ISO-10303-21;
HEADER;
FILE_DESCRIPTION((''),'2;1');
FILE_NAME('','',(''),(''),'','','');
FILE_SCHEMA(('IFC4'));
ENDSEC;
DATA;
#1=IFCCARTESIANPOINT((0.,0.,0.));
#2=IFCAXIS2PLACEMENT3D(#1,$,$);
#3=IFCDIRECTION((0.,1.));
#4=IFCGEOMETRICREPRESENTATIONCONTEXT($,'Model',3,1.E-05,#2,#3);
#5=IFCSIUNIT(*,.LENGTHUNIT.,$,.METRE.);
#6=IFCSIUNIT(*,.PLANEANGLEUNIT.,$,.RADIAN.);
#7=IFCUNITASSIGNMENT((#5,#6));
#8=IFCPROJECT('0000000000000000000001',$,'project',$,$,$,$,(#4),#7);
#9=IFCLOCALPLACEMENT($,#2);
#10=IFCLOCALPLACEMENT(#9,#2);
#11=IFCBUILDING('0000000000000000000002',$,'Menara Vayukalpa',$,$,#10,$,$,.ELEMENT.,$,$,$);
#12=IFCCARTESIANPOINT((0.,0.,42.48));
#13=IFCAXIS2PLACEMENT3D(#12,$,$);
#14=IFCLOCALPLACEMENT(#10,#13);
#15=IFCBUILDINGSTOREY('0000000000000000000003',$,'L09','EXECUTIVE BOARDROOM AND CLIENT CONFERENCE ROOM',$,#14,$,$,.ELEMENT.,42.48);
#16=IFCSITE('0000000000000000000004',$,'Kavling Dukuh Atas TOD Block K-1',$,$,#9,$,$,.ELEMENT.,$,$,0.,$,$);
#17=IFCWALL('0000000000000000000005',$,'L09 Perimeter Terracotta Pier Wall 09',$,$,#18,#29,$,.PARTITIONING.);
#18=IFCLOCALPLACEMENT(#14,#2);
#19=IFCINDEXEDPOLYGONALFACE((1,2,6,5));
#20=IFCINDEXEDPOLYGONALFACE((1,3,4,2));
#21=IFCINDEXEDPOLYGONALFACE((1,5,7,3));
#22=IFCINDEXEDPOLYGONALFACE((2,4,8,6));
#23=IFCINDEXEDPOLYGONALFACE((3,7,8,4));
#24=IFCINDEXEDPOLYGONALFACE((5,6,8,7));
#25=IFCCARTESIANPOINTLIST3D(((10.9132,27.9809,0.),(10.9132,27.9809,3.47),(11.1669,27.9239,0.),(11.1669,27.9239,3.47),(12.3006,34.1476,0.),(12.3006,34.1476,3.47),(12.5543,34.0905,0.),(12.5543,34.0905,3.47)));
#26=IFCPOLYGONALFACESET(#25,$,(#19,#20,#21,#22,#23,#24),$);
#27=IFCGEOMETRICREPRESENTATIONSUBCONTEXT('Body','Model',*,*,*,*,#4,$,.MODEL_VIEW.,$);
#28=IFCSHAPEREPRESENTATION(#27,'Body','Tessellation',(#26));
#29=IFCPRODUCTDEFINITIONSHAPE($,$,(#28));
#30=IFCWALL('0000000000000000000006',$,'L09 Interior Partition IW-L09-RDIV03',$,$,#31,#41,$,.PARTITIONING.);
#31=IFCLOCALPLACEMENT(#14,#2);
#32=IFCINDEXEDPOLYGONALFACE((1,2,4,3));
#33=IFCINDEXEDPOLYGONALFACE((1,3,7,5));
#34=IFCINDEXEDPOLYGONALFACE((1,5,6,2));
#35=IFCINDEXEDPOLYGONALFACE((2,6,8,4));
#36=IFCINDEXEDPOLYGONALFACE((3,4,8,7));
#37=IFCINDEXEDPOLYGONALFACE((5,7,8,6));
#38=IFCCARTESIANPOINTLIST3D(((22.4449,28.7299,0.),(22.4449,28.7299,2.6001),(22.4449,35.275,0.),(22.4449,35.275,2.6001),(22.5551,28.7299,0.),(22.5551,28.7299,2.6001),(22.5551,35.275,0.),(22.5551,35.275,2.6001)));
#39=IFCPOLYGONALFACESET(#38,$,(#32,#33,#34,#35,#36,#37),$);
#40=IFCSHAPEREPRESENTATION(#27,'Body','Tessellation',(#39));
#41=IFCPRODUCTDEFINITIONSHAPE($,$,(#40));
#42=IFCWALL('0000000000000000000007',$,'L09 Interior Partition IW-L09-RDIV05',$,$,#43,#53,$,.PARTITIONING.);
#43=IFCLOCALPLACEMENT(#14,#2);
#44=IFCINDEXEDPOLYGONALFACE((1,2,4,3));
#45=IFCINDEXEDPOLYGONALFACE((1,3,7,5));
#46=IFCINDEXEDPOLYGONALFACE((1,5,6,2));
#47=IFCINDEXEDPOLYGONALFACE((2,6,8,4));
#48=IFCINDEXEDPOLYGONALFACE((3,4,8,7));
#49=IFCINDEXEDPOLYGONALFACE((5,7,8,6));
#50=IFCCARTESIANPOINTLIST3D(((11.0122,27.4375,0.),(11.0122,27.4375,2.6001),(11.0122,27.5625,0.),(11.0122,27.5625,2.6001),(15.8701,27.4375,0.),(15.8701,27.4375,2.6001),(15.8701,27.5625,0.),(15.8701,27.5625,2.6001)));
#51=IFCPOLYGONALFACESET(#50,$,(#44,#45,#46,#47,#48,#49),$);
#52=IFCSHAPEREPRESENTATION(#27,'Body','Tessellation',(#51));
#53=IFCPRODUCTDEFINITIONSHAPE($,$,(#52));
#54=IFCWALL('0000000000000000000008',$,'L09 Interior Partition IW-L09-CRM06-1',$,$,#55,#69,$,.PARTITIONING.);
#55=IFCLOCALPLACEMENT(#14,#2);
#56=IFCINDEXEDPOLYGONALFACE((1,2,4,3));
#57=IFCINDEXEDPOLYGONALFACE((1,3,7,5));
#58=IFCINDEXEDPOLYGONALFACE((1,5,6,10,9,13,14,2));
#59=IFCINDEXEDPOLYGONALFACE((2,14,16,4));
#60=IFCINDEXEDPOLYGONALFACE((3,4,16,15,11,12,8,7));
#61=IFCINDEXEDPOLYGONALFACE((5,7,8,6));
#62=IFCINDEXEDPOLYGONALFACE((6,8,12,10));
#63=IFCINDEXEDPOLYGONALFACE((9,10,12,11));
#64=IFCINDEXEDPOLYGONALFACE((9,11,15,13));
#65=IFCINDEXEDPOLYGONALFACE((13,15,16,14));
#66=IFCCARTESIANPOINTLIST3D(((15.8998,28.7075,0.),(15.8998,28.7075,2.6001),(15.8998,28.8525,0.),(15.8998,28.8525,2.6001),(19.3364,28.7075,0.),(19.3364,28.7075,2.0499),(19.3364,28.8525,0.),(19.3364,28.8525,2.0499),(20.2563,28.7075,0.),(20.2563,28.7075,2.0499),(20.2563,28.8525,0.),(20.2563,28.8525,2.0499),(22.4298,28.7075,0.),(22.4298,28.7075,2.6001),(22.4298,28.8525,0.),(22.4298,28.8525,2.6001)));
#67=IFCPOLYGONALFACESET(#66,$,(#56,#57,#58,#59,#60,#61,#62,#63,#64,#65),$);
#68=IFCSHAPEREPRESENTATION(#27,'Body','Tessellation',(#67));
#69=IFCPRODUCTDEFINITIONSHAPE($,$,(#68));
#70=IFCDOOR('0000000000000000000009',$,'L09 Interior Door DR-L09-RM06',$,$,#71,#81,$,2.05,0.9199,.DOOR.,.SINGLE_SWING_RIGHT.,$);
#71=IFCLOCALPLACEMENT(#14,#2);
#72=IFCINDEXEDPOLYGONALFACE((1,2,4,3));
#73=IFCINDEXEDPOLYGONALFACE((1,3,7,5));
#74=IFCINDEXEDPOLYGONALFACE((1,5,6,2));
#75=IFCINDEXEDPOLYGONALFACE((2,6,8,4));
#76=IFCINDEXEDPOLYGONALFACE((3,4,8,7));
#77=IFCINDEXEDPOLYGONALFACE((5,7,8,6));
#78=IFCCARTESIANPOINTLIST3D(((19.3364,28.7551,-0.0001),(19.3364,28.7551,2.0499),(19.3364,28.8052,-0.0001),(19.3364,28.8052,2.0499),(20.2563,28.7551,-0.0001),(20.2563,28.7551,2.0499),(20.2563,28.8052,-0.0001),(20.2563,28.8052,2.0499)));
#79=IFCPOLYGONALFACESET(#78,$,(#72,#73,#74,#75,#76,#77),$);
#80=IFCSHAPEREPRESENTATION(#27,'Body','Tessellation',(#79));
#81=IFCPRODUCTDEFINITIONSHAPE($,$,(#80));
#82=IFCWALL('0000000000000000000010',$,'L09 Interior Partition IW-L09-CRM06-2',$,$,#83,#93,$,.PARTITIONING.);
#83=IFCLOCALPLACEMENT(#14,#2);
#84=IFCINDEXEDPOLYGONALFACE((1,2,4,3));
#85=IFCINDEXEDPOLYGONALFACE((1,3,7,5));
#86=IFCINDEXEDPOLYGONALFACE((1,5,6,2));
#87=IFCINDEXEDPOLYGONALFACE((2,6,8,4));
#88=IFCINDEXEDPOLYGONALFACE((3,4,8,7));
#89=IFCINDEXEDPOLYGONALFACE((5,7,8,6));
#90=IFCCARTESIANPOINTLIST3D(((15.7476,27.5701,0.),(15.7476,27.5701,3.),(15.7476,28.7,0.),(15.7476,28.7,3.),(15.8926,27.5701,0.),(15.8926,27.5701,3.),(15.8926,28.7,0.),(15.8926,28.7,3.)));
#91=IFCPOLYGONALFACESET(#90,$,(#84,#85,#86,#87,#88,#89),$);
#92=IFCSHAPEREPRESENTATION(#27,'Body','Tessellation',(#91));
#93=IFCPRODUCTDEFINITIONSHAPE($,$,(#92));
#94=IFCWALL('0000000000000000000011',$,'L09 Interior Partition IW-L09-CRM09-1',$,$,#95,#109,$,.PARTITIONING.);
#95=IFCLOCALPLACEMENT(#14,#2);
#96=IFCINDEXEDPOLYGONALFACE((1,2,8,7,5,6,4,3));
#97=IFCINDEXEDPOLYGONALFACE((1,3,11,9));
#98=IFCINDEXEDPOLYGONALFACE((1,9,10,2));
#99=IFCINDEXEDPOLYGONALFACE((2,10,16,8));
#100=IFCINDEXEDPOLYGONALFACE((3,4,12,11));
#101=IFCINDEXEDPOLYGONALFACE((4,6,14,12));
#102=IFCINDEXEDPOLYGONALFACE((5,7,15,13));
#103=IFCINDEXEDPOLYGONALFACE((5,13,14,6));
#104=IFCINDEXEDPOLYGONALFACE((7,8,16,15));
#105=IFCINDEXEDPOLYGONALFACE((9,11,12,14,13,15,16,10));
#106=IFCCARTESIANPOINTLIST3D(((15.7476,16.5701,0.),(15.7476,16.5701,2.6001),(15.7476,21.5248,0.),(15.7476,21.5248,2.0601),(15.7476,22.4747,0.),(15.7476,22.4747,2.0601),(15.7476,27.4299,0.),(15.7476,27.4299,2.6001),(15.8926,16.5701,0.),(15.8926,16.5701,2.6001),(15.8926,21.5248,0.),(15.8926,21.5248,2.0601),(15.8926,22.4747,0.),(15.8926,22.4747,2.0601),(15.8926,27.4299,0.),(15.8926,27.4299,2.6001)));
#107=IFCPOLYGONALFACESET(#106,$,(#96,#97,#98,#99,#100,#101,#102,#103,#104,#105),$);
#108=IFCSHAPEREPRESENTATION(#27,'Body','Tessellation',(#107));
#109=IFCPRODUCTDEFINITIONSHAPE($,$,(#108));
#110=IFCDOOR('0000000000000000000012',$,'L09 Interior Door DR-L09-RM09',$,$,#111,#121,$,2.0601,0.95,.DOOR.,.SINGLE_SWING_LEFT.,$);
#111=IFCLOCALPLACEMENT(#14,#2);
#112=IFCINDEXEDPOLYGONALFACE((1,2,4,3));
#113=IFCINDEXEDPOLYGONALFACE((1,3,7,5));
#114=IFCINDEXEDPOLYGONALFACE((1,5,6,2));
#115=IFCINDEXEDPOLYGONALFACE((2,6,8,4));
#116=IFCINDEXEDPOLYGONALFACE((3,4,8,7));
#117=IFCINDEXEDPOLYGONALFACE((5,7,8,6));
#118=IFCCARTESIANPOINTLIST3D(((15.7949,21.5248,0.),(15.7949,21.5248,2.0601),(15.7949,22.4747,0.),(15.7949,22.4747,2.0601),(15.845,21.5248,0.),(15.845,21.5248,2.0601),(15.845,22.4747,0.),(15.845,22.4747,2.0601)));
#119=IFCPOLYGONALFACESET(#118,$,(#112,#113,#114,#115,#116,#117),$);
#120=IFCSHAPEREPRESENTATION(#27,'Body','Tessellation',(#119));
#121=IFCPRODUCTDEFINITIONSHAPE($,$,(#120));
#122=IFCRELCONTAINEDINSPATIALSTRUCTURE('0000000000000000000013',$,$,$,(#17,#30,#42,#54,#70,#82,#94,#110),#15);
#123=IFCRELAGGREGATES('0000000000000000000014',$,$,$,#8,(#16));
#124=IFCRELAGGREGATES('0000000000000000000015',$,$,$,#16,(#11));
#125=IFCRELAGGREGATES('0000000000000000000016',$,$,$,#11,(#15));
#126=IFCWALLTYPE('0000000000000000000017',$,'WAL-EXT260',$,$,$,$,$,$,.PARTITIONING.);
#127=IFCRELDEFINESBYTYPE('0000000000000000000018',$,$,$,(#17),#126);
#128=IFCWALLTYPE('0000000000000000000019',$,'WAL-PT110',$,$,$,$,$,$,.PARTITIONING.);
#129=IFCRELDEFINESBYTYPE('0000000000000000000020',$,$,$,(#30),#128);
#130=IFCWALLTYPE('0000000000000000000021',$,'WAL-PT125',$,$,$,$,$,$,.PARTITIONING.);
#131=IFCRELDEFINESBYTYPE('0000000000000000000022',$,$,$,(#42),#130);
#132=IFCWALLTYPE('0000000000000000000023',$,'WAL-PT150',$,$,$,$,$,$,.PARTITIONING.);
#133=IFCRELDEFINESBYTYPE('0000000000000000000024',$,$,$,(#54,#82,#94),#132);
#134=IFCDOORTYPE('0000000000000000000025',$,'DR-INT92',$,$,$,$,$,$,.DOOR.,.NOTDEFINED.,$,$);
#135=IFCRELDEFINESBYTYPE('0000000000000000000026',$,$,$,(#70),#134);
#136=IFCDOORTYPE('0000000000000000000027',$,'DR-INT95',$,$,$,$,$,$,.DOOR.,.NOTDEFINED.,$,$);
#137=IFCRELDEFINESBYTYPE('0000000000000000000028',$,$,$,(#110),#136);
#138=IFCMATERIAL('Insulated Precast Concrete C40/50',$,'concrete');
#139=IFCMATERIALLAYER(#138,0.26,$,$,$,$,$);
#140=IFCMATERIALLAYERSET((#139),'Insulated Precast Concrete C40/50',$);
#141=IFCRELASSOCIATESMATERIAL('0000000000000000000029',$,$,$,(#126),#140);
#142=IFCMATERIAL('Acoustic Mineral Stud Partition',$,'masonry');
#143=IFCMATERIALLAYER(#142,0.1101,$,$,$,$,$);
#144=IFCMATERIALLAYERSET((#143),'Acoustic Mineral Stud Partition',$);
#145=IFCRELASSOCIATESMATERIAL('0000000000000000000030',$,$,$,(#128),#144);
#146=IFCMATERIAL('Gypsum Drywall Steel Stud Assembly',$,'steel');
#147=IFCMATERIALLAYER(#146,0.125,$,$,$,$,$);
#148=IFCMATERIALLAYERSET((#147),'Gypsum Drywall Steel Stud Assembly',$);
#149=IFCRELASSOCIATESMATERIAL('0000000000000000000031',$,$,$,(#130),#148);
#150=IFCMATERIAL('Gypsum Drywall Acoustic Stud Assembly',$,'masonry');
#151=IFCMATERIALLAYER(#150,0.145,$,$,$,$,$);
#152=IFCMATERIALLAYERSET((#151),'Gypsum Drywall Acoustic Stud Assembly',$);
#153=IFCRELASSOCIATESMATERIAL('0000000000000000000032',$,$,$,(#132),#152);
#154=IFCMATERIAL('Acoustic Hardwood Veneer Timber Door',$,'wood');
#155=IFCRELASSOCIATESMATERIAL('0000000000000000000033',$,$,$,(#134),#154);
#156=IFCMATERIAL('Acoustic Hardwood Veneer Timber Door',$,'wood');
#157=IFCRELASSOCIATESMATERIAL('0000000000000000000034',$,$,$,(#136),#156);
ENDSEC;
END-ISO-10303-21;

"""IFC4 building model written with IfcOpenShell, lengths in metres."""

from ifc_helpers import new_model, si_unit, direction, frame, frame_2d, origin, place, context, subcontext, project, spatial, rectangle, extrude, material, layer, layer_set, type_object, element, fill, save


model = new_model("IFC4")

# Units and contexts
model_context = context("Model", 3, precision=1e-05, world=origin(), true_north=direction((0.0, 1.0)))
body_context = subcontext(model_context, "Body", "Model", "MODEL_VIEW")
ifc_project = project(units=[si_unit("LENGTHUNIT", "METRE"), si_unit("PLANEANGLEUNIT", "RADIAN")], contexts=[model_context])

# Site, building, storey
site_placement = place(None, origin())
site = spatial("IfcSite", under=ifc_project, at=site_placement, Name="Kavling Dukuh Atas TOD Block K-1", CompositionType="ELEMENT", RefElevation=0.0)
building_placement = place(site_placement, origin())
building = spatial("IfcBuilding", under=site, at=building_placement, Name="Menara Vayukalpa", CompositionType="ELEMENT")
storey_placement = place(building_placement, frame((0.0, 0.0, 42.48)))
storey = spatial("IfcBuildingStorey", under=building, at=storey_placement, Name="L09", Description="EXECUTIVE BOARDROOM AND CLIENT CONFERENCE ROOM", CompositionType="ELEMENT", Elevation=42.48)

# Walls
ifc_material_1 = material(Name="Insulated Precast Concrete C40/50", Category="concrete")
ifc_layer_1 = layer(ifc_material_1, 0.26)
ifc_layer_set_1 = layer_set([ifc_layer_1], Name="Insulated Precast Concrete C40/50")
wall_type_1 = type_object("IfcWallType", Name="WAL-EXT260", PredefinedType="PARTITIONING", material=ifc_layer_set_1)
wall_1_placement = place(storey_placement, frame((11.04, 27.9524, 0.0), z_axis=(0.0, 0.0, 1.0), x_axis=(0.219502, 0.975612, 0.0)))
element("IfcWall", 1, at=wall_1_placement, inside=storey, type_object=wall_type_1, Name="L09 Perimeter Terracotta Pier Wall 09", PredefinedType="PARTITIONING", context=body_context, shape_type="SweptSolid", body=[
    extrude(rectangle(XDim=6.3208, YDim=0.26, at=frame_2d((3.1604, 0.0))), origin(), (0.0, 0.0, 1.0), 3.47),
])
ifc_material_2 = material(Name="Acoustic Mineral Stud Partition", Category="masonry")
ifc_layer_2 = layer(ifc_material_2, 0.1101)
ifc_layer_set_2 = layer_set([ifc_layer_2], Name="Acoustic Mineral Stud Partition")
wall_type_2 = type_object("IfcWallType", Name="WAL-PT110", PredefinedType="PARTITIONING", material=ifc_layer_set_2)
wall_2_placement = place(storey_placement, frame((22.5, 28.73, 0.0), z_axis=(0.0, 0.0, 1.0), x_axis=(0.0, 1.0, 0.0)))
element("IfcWall", 2, at=wall_2_placement, inside=storey, type_object=wall_type_2, Name="L09 Interior Partition IW-L09-RDIV03", PredefinedType="PARTITIONING", context=body_context, shape_type="SweptSolid", body=[
    extrude(rectangle(XDim=6.5452, YDim=0.1101, at=frame_2d((3.2725, 0.0))), origin(), (0.0, 0.0, 1.0), 2.6001),
])
ifc_material_3 = material(Name="Gypsum Drywall Steel Stud Assembly", Category="steel")
ifc_layer_3 = layer(ifc_material_3, 0.125)
ifc_layer_set_3 = layer_set([ifc_layer_3], Name="Gypsum Drywall Steel Stud Assembly")
wall_type_3 = type_object("IfcWallType", Name="WAL-PT125", PredefinedType="PARTITIONING", material=ifc_layer_set_3)
wall_3_placement = place(storey_placement, frame((11.0122, 27.5, 0.0), z_axis=(0.0, 0.0, 1.0), x_axis=(1.0, 0.0, 0.0)))
element("IfcWall", 3, at=wall_3_placement, inside=storey, type_object=wall_type_3, Name="L09 Interior Partition IW-L09-RDIV05", PredefinedType="PARTITIONING", context=body_context, shape_type="SweptSolid", body=[
    extrude(rectangle(XDim=4.8579, YDim=0.125, at=frame_2d((2.429, 0.0))), origin(), (0.0, 0.0, 1.0), 2.6001),
])

# Wall, opening, door
ifc_material_4 = material(Name="Gypsum Drywall Acoustic Stud Assembly", Category="masonry")
ifc_layer_4 = layer(ifc_material_4, 0.145)
ifc_layer_set_4 = layer_set([ifc_layer_4], Name="Gypsum Drywall Acoustic Stud Assembly")
wall_type_4 = type_object("IfcWallType", Name="WAL-PT150", PredefinedType="PARTITIONING", material=ifc_layer_set_4)
wall_4_placement = place(storey_placement, frame((22.4299, 28.78, 0.0), z_axis=(0.0, 0.0, 1.0), x_axis=(-1.0, 0.0, 0.0)))
wall_4 = element("IfcWall", 4, at=wall_4_placement, inside=storey, type_object=wall_type_4, Name="L09 Interior Partition IW-L09-CRM06-1", PredefinedType="PARTITIONING", context=body_context, shape_type="SweptSolid", body=[
    extrude(rectangle(XDim=6.53, YDim=0.145, at=frame_2d((3.2651, 0.0))), origin(), (0.0, 0.0, 1.0), 2.6001),
])
opening_1_placement = place(wall_4_placement, frame((2.1736, 0.0, 0.0)))
opening_1 = element("IfcOpeningElement", 5, at=opening_1_placement, cuts=wall_4, PredefinedType="OPENING", context=body_context, shape_type="SweptSolid", body=[
    extrude(rectangle(XDim=0.9199, YDim=2.05, at=frame_2d((0.46, 1.0249))), frame((0.0, 0.0825, 0.0), z_axis=(0.0, -1.0, 0.0), x_axis=(1.0, 0.0, 0.0)), (0.0, 0.0, 1.0), 0.165),
])
ifc_material_5 = material(Name="Acoustic Hardwood Veneer Timber Door", Category="wood")
door_type_1 = type_object("IfcDoorType", Name="DR-INT92", OperationType="NOTDEFINED", PredefinedType="DOOR", material=ifc_material_5)
door_1_placement = place(opening_1_placement, origin())
door_1 = element("IfcDoor", 6, at=door_1_placement, inside=storey, type_object=door_type_1, Name="L09 Interior Door DR-L09-RM06", OperationType="SINGLE_SWING_RIGHT", OverallHeight=2.05, OverallWidth=0.9199, PredefinedType="DOOR", context=body_context, shape_type="SweptSolid", body=[
    extrude(rectangle(XDim=0.9199, YDim=2.05, at=frame_2d((0.46, 1.0249))), frame((0.0, 0.0249, 0.0), z_axis=(0.0, -1.0, 0.0), x_axis=(1.0, 0.0, 0.0)), (0.0, 0.0, 1.0), 0.05),
])
fill(opening_1, door_1)

# Wall
wall_5_placement = place(storey_placement, frame((15.8201, 28.7, 0.0), z_axis=(0.0, 0.0, 1.0), x_axis=(0.0, -1.0, 0.0)))
element("IfcWall", 7, at=wall_5_placement, inside=storey, type_object=wall_type_4, Name="L09 Interior Partition IW-L09-CRM06-2", PredefinedType="PARTITIONING", context=body_context, shape_type="SweptSolid", body=[
    extrude(rectangle(XDim=1.1299, YDim=0.145, at=frame_2d((0.5649, 0.0))), origin(), (0.0, 0.0, 1.0), 3.0),
])

# Wall, opening, door
wall_6_placement = place(storey_placement, frame((15.8201, 27.4299, 0.0), z_axis=(0.0, 0.0, 1.0), x_axis=(0.0, -1.0, 0.0)))
wall_6 = element("IfcWall", 8, at=wall_6_placement, inside=storey, type_object=wall_type_4, Name="L09 Interior Partition IW-L09-CRM09-1", PredefinedType="PARTITIONING", context=body_context, shape_type="SweptSolid", body=[
    extrude(rectangle(XDim=10.8599, YDim=0.145, at=frame_2d((5.4299, 0.0))), origin(), (0.0, 0.0, 1.0), 2.6001),
])
opening_2_placement = place(wall_6_placement, frame((4.9551, 0.0, 0.0)))
opening_2 = element("IfcOpeningElement", 9, at=opening_2_placement, cuts=wall_6, PredefinedType="OPENING", context=body_context, shape_type="SweptSolid", body=[
    extrude(rectangle(XDim=0.95, YDim=2.0601, at=frame_2d((0.4751, 1.03))), frame((0.0, 0.0825, 0.0), z_axis=(0.0, -1.0, 0.0), x_axis=(1.0, 0.0, 0.0)), (0.0, 0.0, 1.0), 0.165),
])
ifc_material_6 = material(Name="Acoustic Hardwood Veneer Timber Door", Category="wood")
door_type_2 = type_object("IfcDoorType", Name="DR-INT95", OperationType="NOTDEFINED", PredefinedType="DOOR", material=ifc_material_6)
door_2_placement = place(opening_2_placement, origin())
door_2 = element("IfcDoor", 10, at=door_2_placement, inside=storey, type_object=door_type_2, Name="L09 Interior Door DR-L09-RM09", OperationType="SINGLE_SWING_LEFT", OverallHeight=2.0601, OverallWidth=0.95, PredefinedType="DOOR", context=body_context, shape_type="SweptSolid", body=[
    extrude(rectangle(XDim=0.95, YDim=2.0601, at=frame_2d((0.4751, 1.03))), frame((0.0, 0.0249, 0.0), z_axis=(0.0, -1.0, 0.0), x_axis=(1.0, 0.0, 0.0)), (0.0, 0.0, 1.0), 0.05),
])
fill(opening_2, door_2)

save(model, "model.ifc")
